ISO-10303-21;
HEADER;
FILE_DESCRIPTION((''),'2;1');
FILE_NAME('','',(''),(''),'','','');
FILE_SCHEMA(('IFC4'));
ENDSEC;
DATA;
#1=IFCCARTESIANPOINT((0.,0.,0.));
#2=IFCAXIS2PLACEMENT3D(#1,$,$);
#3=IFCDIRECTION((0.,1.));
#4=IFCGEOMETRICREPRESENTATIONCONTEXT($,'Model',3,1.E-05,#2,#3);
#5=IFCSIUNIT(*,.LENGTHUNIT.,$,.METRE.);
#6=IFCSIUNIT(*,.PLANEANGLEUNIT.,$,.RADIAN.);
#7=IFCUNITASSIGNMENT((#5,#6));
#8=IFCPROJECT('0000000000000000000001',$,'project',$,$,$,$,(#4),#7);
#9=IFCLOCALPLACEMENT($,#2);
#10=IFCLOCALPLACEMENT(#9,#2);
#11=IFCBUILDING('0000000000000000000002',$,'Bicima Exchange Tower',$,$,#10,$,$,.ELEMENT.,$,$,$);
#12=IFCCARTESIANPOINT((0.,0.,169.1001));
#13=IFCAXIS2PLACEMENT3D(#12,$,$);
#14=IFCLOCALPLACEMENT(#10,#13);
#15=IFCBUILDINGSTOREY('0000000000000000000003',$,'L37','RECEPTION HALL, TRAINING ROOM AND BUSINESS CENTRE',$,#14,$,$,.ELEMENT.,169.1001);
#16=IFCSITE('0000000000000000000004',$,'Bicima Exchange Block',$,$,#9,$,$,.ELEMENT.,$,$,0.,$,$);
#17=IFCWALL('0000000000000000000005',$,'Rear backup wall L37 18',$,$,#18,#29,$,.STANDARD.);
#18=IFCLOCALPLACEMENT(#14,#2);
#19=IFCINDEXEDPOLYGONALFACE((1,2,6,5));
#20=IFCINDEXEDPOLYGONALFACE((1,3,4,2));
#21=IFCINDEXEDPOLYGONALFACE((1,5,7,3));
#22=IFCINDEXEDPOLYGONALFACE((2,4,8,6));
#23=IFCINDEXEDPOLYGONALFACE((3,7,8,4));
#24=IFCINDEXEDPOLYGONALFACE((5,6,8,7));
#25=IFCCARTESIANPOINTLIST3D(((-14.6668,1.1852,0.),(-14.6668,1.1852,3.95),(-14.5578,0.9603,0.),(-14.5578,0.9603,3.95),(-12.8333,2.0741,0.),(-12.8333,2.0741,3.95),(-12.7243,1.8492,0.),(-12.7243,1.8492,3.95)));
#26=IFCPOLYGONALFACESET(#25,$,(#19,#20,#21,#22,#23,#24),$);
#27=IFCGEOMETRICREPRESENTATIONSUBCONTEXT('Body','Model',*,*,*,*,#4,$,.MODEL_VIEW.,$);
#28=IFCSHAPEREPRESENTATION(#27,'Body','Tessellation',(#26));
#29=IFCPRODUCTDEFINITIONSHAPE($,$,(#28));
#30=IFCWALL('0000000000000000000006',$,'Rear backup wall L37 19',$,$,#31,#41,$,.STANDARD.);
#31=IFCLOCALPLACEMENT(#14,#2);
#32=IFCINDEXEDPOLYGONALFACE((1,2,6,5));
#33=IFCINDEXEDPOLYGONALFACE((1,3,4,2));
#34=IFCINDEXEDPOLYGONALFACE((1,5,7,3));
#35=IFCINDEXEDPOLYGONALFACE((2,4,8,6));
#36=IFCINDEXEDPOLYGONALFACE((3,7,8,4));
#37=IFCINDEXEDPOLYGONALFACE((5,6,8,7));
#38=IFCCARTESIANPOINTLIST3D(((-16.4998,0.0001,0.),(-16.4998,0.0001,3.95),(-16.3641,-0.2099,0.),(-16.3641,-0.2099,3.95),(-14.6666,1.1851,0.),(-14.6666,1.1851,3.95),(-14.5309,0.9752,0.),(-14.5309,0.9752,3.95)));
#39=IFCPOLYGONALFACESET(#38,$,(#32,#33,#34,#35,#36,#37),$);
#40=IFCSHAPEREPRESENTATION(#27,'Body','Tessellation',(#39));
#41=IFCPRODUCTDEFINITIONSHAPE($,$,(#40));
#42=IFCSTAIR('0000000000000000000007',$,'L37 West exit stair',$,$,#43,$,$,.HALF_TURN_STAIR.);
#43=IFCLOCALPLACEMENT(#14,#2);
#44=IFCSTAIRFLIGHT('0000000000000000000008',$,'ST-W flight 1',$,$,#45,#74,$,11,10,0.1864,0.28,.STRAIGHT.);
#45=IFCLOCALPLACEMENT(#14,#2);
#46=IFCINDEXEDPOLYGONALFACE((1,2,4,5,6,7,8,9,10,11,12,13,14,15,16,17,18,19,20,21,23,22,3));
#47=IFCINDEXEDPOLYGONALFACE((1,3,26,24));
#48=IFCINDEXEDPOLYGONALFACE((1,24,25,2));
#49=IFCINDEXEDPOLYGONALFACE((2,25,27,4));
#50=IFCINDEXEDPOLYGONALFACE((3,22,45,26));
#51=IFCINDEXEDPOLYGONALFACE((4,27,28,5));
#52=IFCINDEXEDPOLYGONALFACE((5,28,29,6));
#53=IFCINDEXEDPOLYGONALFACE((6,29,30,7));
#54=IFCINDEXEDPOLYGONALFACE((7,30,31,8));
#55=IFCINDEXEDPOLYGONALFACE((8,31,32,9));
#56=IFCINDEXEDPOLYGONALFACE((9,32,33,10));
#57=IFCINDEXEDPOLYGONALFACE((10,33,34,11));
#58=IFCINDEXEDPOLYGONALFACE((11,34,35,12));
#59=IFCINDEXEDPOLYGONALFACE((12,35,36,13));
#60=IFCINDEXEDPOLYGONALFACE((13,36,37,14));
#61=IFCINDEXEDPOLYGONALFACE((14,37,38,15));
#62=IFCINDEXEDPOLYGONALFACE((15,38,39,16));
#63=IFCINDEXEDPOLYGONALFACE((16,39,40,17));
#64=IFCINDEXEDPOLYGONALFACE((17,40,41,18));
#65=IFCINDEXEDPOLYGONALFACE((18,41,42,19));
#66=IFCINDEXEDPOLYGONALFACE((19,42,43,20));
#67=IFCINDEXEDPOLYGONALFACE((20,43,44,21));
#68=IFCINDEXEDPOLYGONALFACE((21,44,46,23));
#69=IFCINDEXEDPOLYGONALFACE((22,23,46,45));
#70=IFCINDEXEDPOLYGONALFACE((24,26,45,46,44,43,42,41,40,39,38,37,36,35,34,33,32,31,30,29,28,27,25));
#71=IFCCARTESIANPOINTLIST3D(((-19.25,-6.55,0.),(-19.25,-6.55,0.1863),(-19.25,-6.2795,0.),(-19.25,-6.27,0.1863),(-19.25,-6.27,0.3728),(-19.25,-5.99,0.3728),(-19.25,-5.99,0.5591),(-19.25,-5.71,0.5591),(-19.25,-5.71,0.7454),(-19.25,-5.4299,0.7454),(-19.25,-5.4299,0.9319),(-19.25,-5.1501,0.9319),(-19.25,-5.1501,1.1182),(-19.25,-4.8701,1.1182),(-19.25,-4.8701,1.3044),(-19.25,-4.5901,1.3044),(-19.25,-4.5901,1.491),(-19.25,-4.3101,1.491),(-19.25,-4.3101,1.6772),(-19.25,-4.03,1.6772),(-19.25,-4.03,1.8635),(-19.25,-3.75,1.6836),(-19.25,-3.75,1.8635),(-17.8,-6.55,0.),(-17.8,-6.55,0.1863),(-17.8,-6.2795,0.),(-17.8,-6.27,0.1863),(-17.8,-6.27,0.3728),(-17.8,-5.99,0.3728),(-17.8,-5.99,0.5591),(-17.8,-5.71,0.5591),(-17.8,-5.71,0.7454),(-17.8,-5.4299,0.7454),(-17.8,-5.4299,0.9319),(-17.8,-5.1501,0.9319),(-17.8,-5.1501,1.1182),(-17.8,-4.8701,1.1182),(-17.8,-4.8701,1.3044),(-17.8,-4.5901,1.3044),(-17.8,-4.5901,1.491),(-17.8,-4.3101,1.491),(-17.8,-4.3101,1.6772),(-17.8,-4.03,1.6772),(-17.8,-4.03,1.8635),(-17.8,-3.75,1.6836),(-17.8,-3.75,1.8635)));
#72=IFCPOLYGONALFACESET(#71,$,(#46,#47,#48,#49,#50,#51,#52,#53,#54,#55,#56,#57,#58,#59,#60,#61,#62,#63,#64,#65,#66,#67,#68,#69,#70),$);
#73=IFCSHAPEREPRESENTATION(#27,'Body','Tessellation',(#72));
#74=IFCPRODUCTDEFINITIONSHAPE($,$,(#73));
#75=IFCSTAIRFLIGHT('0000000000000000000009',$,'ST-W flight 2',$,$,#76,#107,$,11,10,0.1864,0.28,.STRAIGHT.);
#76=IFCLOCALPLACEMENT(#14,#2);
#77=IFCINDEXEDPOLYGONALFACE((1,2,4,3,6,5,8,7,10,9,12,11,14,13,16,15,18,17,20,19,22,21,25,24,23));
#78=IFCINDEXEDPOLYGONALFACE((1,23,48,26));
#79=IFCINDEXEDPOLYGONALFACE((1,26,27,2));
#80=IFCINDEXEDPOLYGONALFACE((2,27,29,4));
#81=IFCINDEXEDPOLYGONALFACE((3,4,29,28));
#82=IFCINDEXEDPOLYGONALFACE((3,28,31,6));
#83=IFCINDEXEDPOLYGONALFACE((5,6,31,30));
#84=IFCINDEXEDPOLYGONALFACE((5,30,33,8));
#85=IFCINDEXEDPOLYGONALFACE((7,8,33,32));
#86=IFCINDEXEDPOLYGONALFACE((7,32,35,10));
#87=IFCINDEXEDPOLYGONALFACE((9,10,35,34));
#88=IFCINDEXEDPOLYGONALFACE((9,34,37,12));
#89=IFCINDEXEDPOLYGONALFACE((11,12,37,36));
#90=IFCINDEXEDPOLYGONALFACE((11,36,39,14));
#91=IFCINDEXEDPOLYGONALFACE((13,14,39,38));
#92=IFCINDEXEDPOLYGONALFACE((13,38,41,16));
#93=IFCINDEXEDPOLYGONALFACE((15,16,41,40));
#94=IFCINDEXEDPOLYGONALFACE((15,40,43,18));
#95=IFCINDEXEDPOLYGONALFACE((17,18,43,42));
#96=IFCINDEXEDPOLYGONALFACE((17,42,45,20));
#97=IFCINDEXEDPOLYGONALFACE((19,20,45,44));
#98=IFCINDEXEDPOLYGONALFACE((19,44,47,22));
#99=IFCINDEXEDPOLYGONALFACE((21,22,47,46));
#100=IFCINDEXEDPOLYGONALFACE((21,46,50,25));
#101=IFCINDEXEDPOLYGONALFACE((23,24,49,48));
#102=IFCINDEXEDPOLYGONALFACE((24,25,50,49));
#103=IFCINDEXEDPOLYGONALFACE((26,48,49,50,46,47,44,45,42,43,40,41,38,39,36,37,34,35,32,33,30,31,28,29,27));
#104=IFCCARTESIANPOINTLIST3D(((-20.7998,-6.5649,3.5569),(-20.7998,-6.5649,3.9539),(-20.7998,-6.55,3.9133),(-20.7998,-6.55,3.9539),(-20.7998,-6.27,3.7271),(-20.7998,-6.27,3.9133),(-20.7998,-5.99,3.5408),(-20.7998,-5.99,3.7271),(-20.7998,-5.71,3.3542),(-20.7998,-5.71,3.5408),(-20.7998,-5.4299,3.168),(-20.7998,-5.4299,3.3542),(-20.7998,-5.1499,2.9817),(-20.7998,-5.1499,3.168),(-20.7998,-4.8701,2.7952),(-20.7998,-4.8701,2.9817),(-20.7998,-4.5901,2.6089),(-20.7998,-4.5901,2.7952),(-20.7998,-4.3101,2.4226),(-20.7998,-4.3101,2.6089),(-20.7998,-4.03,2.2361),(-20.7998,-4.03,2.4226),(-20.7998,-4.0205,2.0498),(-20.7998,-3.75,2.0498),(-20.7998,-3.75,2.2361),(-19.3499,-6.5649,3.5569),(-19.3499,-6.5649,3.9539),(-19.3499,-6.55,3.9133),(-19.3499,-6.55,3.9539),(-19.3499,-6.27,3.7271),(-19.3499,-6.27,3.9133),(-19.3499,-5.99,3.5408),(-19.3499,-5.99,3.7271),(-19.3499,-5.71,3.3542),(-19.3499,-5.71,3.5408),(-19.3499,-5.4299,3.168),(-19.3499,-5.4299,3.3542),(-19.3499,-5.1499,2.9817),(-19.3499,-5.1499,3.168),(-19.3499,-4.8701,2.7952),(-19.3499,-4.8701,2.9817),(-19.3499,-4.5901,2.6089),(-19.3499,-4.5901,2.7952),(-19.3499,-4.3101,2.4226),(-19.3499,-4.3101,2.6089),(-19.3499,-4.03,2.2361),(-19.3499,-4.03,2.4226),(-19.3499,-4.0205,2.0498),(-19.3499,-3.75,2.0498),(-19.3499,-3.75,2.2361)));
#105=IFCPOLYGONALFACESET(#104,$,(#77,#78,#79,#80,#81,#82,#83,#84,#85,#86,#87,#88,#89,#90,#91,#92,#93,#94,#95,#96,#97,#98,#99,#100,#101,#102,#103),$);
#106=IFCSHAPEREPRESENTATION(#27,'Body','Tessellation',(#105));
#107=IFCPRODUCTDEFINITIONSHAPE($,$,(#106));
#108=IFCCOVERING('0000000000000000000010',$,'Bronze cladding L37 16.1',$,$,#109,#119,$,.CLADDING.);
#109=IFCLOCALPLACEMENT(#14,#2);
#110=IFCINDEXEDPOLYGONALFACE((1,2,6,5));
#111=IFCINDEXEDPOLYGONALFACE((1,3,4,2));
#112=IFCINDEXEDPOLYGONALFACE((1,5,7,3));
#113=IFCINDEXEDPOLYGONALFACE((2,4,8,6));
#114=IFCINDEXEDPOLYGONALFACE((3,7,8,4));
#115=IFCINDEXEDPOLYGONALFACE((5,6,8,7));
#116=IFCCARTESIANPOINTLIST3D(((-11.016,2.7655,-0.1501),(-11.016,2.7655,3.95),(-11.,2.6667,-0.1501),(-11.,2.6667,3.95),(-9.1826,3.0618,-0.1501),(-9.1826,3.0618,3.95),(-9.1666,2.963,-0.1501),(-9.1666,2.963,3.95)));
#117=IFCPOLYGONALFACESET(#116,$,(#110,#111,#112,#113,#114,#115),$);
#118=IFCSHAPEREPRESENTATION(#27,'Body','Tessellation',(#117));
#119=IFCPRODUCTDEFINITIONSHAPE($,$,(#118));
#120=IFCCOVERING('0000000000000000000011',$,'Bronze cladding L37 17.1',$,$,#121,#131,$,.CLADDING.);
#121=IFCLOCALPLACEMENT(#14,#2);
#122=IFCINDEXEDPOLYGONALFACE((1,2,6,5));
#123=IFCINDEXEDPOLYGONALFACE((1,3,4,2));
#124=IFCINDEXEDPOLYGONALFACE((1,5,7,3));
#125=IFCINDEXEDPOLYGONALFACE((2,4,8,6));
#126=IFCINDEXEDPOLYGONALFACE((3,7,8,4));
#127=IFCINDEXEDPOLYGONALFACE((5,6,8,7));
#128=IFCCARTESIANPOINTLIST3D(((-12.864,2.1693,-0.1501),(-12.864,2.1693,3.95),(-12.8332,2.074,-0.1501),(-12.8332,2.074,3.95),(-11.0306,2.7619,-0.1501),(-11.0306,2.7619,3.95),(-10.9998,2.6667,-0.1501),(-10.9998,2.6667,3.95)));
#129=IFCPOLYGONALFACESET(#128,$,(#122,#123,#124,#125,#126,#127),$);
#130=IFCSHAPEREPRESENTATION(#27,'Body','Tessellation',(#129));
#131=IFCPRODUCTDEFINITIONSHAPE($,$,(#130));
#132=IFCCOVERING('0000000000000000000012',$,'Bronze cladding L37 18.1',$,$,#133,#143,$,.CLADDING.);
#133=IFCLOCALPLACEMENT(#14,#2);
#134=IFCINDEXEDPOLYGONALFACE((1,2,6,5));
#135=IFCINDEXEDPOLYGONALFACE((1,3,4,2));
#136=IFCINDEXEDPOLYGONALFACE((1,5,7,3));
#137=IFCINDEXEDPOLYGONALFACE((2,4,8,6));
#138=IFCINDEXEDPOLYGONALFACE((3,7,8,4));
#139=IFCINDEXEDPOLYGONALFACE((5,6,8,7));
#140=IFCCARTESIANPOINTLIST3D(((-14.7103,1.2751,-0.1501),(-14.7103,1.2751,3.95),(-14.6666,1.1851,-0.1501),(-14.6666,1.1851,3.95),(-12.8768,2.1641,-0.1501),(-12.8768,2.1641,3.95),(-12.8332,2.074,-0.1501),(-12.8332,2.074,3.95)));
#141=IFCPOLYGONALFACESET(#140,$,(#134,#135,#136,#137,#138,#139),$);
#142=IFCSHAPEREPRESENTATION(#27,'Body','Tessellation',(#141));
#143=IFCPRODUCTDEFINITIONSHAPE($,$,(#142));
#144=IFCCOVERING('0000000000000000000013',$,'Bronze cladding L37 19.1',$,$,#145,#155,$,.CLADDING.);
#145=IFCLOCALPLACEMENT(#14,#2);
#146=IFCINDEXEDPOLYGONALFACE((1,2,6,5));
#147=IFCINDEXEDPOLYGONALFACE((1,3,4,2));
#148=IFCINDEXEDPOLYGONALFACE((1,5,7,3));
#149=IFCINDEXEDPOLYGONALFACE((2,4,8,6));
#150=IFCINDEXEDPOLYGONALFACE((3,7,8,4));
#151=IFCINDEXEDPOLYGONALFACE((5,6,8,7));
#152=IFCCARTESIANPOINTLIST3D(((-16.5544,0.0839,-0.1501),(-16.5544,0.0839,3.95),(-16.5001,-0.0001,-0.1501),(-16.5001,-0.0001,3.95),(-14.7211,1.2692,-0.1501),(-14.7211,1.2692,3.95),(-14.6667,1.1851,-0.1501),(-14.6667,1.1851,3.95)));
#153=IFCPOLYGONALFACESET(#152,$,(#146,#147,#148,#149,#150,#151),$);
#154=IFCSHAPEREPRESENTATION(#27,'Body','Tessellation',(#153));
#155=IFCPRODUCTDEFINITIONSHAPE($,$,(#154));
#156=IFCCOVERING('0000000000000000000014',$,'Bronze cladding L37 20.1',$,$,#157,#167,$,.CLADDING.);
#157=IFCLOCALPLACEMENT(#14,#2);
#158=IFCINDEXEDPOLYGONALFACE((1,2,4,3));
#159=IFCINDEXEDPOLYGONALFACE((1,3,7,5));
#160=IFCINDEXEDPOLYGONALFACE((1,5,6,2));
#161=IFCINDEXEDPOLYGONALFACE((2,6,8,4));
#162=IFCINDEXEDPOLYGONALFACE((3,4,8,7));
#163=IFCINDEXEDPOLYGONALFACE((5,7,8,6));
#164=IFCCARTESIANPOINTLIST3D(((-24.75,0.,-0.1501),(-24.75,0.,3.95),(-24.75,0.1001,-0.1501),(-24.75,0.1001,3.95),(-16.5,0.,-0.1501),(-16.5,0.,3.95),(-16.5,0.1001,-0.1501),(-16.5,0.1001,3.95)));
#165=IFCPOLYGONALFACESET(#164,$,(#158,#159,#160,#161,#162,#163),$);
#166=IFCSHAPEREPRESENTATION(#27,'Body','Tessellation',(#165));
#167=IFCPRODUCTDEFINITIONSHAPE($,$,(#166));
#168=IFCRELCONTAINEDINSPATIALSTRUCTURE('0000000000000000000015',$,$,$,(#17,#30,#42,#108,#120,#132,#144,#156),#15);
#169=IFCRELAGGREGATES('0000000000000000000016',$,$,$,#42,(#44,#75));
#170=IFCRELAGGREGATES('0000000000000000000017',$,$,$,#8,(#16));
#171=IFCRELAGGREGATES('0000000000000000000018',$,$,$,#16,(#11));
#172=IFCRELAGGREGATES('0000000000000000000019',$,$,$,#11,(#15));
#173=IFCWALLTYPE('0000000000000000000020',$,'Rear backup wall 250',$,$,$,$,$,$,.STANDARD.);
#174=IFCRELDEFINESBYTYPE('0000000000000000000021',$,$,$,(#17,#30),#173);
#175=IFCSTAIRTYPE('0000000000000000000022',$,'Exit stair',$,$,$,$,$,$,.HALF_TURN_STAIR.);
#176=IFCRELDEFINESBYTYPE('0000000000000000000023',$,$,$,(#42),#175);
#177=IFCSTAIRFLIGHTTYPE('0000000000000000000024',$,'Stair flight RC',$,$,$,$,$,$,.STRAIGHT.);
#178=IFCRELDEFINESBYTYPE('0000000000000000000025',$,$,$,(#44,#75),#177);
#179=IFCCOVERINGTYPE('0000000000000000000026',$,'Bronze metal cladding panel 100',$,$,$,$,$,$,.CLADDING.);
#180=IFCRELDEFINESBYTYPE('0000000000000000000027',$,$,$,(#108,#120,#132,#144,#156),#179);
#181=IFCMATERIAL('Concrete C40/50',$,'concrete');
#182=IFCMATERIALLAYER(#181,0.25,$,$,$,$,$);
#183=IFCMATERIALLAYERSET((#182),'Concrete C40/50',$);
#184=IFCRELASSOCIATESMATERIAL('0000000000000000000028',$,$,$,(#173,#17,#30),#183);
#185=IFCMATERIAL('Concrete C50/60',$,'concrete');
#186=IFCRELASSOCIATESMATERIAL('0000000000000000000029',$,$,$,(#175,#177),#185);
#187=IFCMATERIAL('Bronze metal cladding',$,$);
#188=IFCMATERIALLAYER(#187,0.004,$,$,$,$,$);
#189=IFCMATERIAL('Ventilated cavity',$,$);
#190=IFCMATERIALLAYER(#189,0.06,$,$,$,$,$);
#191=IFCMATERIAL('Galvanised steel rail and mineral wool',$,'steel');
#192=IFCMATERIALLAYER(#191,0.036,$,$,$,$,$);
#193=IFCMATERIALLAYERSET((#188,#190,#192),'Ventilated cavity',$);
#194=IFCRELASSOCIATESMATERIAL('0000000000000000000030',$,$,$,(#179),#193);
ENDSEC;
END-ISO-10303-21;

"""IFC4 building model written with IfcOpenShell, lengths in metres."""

from ifc_helpers import new_model, si_unit, direction, frame, frame_2d, origin, origin_2d, place, context, subcontext, project, spatial, polyline, rectangle, outline, extrude, material, layer, layer_set, layer_usage, type_object, element, aggregate, save


model = new_model("IFC4")

# Units and contexts
model_context = context("Model", 3, precision=1e-05, world=origin(), true_north=direction((0.0, 1.0)))
body_context = subcontext(model_context, "Body", "Model", "MODEL_VIEW")
ifc_project = project(units=[si_unit("LENGTHUNIT", "METRE"), si_unit("PLANEANGLEUNIT", "RADIAN")], contexts=[model_context])

# Site, building, storey
site_placement = place(None, origin())
site = spatial("IfcSite", under=ifc_project, at=site_placement, Name="Bicima Exchange Block", CompositionType="ELEMENT", RefElevation=0.0)
building_placement = place(site_placement, origin())
building = spatial("IfcBuilding", under=site, at=building_placement, Name="Bicima Exchange Tower", CompositionType="ELEMENT")
storey_placement = place(building_placement, frame((0.0, 0.0, 169.1001)))
storey = spatial("IfcBuildingStorey", under=building, at=storey_placement, Name="L37", Description="RECEPTION HALL, TRAINING ROOM AND BUSINESS CENTRE", CompositionType="ELEMENT", Elevation=169.1001)

# Shared definitions
ifc_material_1 = material(Name="Concrete C50/60", Category="concrete")

# Walls
ifc_material_2 = material(Name="Concrete C40/50", Category="concrete")
ifc_layer_1 = layer(ifc_material_2, 0.25)
ifc_layer_set_1 = layer_set([ifc_layer_1], Name="Concrete C40/50")
ifc_layer_usage = layer_usage(ifc_layer_set_1, "AXIS2", "POSITIVE", -0.125)
wall_type_1 = type_object("IfcWallType", Name="Rear backup wall 250", PredefinedType="STANDARD", material=ifc_layer_set_1)
wall_1_placement = place(storey_placement, frame((-12.7788, 1.9617, 0.0), z_axis=(0.0, 0.0, 1.0), x_axis=(-0.899824, -0.436253, 0.0)))
element("IfcWall", 1, at=wall_1_placement, inside=storey, type_object=wall_type_1, material=ifc_layer_usage, Name="Rear backup wall L37 18", PredefinedType="STANDARD", context=body_context, shape_type="SweptSolid", body=[
    extrude(rectangle(XDim=2.0376, YDim=0.25, at=frame_2d((1.0188, 0.0))), origin(), (0.0, 0.0, 1.0), 3.95),
])
wall_2_placement = place(storey_placement, frame((-14.5989, 1.0801, 0.0), z_axis=(0.0, 0.0, 1.0), x_axis=(-0.839813, -0.542876, 0.0)))
element("IfcWall", 2, at=wall_2_placement, inside=storey, type_object=wall_type_1, material=ifc_layer_usage, Name="Rear backup wall L37 19", PredefinedType="STANDARD", context=body_context, shape_type="SweptSolid", body=[
    extrude(rectangle(XDim=2.1829, YDim=0.25, at=frame_2d((1.0913, 0.0))), origin(), (0.0, 0.0, 1.0), 3.95),
])

# Stair, stair flights
stair_type = type_object("IfcStairType", Name="Exit stair", PredefinedType="HALF_TURN_STAIR", material=ifc_material_1)
stair_placement = place(storey_placement, origin())
stair = element("IfcStair", 3, at=stair_placement, inside=storey, type_object=stair_type, Name="L37 West exit stair", PredefinedType="HALF_TURN_STAIR")
stair_flight_type = type_object("IfcStairFlightType", Name="Stair flight RC", PredefinedType="STRAIGHT", material=ifc_material_1)
stair_flight_1_placement = place(storey_placement, frame((-18.5249, -6.55, 0.0), z_axis=(0.0, 0.0, 1.0), x_axis=(0.0, 1.0, 0.0)))
stair_flight_1 = element("IfcStairFlight", 4, at=stair_flight_1_placement, type_object=stair_flight_type, Name="ST-W flight 1", NumberOfRisers=11, NumberOfTreads=10, PredefinedType="STRAIGHT", RiserHeight=0.1864, TreadLength=0.28, context=body_context, shape_type="SweptSolid", body=[
    extrude(outline(polyline([(0.0, 0.0), (0.0, 0.1863), (0.28, 0.1863), (0.28, 0.3728), (0.5601, 0.3728), (0.5601, 0.5591), (0.8401, 0.5591), (0.8401, 0.7454), (1.1201, 0.7454), (1.1201, 0.9319), (1.3999, 0.9319), (1.3999, 1.1182), (1.6799, 1.1182), (1.6799, 1.3044), (1.96, 1.3044), (1.96, 1.491), (2.24, 1.491), (2.24, 1.6772), (2.52, 1.6772), (2.52, 1.8635), (2.8, 1.8635), (2.8, 2.05), (2.8, 1.6836), (0.2705, 0.0), (0.0, 0.0)])), frame((0.0, 0.7251, 0.0), z_axis=(0.0, -1.0, 0.0), x_axis=(1.0, 0.0, 0.0)), (0.0, 0.0, 1.0), 1.45),
])
stair_flight_2_placement = place(storey_placement, frame((-20.075, -3.75, 2.0498), z_axis=(0.0, 0.0, 1.0), x_axis=(0.0, -1.0, 0.0)))
stair_flight_2 = element("IfcStairFlight", 5, at=stair_flight_2_placement, type_object=stair_flight_type, Name="ST-W flight 2", NumberOfRisers=11, NumberOfTreads=10, PredefinedType="STRAIGHT", RiserHeight=0.1864, TreadLength=0.28, context=body_context, shape_type="SweptSolid", body=[
    extrude(outline(polyline([(0.0, 0.0), (0.0, 0.1863), (0.28, 0.1863), (0.28, 0.3728), (0.5601, 0.3728), (0.5601, 0.5591), (0.8401, 0.5591), (0.8401, 0.7454), (1.1201, 0.7454), (1.1201, 0.9319), (1.3999, 0.9319), (1.3999, 1.1182), (1.6799, 1.1182), (1.6799, 1.3044), (1.96, 1.3044), (1.96, 1.491), (2.24, 1.491), (2.24, 1.6772), (2.52, 1.6772), (2.52, 1.8635), (2.8, 1.8635), (2.8, 1.9041), (2.8149, 1.9041), (2.8149, 1.5071), (0.2705, 0.0), (0.0, 0.0)])), frame((0.0, 0.7251, 0.0), z_axis=(0.0, -1.0, 0.0), x_axis=(1.0, 0.0, 0.0)), (0.0, 0.0, 1.0), 1.45),
])
aggregate(stair, [stair_flight_1, stair_flight_2])

# Coverings
ifc_material_3 = material(Name="Bronze metal cladding")
ifc_layer_2 = layer(ifc_material_3, 0.004)
ifc_material_4 = material(Name="Ventilated cavity")
ifc_layer_3 = layer(ifc_material_4, 0.06)
ifc_material_5 = material(Name="Galvanised steel rail and mineral wool", Category="steel")
ifc_layer_4 = layer(ifc_material_5, 0.036)
ifc_layer_set_2 = layer_set([ifc_layer_2, ifc_layer_3, ifc_layer_4], Name="Ventilated cavity")
covering_type = type_object("IfcCoveringType", Name="Bronze metal cladding panel 100", PredefinedType="CLADDING", material=ifc_layer_set_2)
covering_1_placement = place(storey_placement, frame((-10.0913, 2.8643, -0.1501), z_axis=(0.0, 0.0, 1.0), x_axis=(-0.98719, -0.15955, 0.0)))
element("IfcCovering", 6, at=covering_1_placement, inside=storey, type_object=covering_type, Name="Bronze cladding L37 16.1", PredefinedType="CLADDING", context=body_context, shape_type="SweptSolid", body=[
    extrude(rectangle(XDim=1.8572, YDim=0.1001, at=origin_2d()), origin(), (0.0, 0.0, 1.0), 4.1001),
])
covering_2_placement = place(storey_placement, frame((-11.9319, 2.418, -0.1501), z_axis=(0.0, 0.0, 1.0), x_axis=(-0.951525, -0.307573, 0.0)))
element("IfcCovering", 7, at=covering_2_placement, inside=storey, type_object=covering_type, Name="Bronze cladding L37 17.1", PredefinedType="CLADDING", context=body_context, shape_type="SweptSolid", body=[
    extrude(rectangle(XDim=1.9268, YDim=0.1001, at=origin_2d()), origin(), (0.0, 0.0, 1.0), 4.1001),
])
covering_3_placement = place(storey_placement, frame((-13.7717, 1.6746, -0.1501), z_axis=(0.0, 0.0, 1.0), x_axis=(-0.899818, -0.436265, 0.0)))
element("IfcCovering", 8, at=covering_3_placement, inside=storey, type_object=covering_type, Name="Bronze cladding L37 18.1", PredefinedType="CLADDING", context=body_context, shape_type="SweptSolid", body=[
    extrude(rectangle(XDim=2.0376, YDim=0.1001, at=origin_2d()), origin(), (0.0, 0.0, 1.0), 4.1001),
])
covering_4_placement = place(storey_placement, frame((-15.6106, 0.6345, -0.1501), z_axis=(0.0, 0.0, 1.0), x_axis=(-0.83979, -0.542911, 0.0)))
element("IfcCovering", 9, at=covering_4_placement, inside=storey, type_object=covering_type, Name="Bronze cladding L37 19.1", PredefinedType="CLADDING", context=body_context, shape_type="SweptSolid", body=[
    extrude(rectangle(XDim=2.1831, YDim=0.1001, at=origin_2d()), origin(), (0.0, 0.0, 1.0), 4.1001),
])
covering_5_placement = place(storey_placement, frame((-20.625, 0.05, -0.1501), z_axis=(0.0, 0.0, 1.0), x_axis=(-1.0, 0.0, 0.0)))
element("IfcCovering", 10, at=covering_5_placement, inside=storey, type_object=covering_type, Name="Bronze cladding L37 20.1", PredefinedType="CLADDING", context=body_context, shape_type="SweptSolid", body=[
    extrude(rectangle(XDim=8.25, YDim=0.1001, at=origin_2d()), origin(), (0.0, 0.0, 1.0), 4.1001),
])

save(model, "model.ifc")
